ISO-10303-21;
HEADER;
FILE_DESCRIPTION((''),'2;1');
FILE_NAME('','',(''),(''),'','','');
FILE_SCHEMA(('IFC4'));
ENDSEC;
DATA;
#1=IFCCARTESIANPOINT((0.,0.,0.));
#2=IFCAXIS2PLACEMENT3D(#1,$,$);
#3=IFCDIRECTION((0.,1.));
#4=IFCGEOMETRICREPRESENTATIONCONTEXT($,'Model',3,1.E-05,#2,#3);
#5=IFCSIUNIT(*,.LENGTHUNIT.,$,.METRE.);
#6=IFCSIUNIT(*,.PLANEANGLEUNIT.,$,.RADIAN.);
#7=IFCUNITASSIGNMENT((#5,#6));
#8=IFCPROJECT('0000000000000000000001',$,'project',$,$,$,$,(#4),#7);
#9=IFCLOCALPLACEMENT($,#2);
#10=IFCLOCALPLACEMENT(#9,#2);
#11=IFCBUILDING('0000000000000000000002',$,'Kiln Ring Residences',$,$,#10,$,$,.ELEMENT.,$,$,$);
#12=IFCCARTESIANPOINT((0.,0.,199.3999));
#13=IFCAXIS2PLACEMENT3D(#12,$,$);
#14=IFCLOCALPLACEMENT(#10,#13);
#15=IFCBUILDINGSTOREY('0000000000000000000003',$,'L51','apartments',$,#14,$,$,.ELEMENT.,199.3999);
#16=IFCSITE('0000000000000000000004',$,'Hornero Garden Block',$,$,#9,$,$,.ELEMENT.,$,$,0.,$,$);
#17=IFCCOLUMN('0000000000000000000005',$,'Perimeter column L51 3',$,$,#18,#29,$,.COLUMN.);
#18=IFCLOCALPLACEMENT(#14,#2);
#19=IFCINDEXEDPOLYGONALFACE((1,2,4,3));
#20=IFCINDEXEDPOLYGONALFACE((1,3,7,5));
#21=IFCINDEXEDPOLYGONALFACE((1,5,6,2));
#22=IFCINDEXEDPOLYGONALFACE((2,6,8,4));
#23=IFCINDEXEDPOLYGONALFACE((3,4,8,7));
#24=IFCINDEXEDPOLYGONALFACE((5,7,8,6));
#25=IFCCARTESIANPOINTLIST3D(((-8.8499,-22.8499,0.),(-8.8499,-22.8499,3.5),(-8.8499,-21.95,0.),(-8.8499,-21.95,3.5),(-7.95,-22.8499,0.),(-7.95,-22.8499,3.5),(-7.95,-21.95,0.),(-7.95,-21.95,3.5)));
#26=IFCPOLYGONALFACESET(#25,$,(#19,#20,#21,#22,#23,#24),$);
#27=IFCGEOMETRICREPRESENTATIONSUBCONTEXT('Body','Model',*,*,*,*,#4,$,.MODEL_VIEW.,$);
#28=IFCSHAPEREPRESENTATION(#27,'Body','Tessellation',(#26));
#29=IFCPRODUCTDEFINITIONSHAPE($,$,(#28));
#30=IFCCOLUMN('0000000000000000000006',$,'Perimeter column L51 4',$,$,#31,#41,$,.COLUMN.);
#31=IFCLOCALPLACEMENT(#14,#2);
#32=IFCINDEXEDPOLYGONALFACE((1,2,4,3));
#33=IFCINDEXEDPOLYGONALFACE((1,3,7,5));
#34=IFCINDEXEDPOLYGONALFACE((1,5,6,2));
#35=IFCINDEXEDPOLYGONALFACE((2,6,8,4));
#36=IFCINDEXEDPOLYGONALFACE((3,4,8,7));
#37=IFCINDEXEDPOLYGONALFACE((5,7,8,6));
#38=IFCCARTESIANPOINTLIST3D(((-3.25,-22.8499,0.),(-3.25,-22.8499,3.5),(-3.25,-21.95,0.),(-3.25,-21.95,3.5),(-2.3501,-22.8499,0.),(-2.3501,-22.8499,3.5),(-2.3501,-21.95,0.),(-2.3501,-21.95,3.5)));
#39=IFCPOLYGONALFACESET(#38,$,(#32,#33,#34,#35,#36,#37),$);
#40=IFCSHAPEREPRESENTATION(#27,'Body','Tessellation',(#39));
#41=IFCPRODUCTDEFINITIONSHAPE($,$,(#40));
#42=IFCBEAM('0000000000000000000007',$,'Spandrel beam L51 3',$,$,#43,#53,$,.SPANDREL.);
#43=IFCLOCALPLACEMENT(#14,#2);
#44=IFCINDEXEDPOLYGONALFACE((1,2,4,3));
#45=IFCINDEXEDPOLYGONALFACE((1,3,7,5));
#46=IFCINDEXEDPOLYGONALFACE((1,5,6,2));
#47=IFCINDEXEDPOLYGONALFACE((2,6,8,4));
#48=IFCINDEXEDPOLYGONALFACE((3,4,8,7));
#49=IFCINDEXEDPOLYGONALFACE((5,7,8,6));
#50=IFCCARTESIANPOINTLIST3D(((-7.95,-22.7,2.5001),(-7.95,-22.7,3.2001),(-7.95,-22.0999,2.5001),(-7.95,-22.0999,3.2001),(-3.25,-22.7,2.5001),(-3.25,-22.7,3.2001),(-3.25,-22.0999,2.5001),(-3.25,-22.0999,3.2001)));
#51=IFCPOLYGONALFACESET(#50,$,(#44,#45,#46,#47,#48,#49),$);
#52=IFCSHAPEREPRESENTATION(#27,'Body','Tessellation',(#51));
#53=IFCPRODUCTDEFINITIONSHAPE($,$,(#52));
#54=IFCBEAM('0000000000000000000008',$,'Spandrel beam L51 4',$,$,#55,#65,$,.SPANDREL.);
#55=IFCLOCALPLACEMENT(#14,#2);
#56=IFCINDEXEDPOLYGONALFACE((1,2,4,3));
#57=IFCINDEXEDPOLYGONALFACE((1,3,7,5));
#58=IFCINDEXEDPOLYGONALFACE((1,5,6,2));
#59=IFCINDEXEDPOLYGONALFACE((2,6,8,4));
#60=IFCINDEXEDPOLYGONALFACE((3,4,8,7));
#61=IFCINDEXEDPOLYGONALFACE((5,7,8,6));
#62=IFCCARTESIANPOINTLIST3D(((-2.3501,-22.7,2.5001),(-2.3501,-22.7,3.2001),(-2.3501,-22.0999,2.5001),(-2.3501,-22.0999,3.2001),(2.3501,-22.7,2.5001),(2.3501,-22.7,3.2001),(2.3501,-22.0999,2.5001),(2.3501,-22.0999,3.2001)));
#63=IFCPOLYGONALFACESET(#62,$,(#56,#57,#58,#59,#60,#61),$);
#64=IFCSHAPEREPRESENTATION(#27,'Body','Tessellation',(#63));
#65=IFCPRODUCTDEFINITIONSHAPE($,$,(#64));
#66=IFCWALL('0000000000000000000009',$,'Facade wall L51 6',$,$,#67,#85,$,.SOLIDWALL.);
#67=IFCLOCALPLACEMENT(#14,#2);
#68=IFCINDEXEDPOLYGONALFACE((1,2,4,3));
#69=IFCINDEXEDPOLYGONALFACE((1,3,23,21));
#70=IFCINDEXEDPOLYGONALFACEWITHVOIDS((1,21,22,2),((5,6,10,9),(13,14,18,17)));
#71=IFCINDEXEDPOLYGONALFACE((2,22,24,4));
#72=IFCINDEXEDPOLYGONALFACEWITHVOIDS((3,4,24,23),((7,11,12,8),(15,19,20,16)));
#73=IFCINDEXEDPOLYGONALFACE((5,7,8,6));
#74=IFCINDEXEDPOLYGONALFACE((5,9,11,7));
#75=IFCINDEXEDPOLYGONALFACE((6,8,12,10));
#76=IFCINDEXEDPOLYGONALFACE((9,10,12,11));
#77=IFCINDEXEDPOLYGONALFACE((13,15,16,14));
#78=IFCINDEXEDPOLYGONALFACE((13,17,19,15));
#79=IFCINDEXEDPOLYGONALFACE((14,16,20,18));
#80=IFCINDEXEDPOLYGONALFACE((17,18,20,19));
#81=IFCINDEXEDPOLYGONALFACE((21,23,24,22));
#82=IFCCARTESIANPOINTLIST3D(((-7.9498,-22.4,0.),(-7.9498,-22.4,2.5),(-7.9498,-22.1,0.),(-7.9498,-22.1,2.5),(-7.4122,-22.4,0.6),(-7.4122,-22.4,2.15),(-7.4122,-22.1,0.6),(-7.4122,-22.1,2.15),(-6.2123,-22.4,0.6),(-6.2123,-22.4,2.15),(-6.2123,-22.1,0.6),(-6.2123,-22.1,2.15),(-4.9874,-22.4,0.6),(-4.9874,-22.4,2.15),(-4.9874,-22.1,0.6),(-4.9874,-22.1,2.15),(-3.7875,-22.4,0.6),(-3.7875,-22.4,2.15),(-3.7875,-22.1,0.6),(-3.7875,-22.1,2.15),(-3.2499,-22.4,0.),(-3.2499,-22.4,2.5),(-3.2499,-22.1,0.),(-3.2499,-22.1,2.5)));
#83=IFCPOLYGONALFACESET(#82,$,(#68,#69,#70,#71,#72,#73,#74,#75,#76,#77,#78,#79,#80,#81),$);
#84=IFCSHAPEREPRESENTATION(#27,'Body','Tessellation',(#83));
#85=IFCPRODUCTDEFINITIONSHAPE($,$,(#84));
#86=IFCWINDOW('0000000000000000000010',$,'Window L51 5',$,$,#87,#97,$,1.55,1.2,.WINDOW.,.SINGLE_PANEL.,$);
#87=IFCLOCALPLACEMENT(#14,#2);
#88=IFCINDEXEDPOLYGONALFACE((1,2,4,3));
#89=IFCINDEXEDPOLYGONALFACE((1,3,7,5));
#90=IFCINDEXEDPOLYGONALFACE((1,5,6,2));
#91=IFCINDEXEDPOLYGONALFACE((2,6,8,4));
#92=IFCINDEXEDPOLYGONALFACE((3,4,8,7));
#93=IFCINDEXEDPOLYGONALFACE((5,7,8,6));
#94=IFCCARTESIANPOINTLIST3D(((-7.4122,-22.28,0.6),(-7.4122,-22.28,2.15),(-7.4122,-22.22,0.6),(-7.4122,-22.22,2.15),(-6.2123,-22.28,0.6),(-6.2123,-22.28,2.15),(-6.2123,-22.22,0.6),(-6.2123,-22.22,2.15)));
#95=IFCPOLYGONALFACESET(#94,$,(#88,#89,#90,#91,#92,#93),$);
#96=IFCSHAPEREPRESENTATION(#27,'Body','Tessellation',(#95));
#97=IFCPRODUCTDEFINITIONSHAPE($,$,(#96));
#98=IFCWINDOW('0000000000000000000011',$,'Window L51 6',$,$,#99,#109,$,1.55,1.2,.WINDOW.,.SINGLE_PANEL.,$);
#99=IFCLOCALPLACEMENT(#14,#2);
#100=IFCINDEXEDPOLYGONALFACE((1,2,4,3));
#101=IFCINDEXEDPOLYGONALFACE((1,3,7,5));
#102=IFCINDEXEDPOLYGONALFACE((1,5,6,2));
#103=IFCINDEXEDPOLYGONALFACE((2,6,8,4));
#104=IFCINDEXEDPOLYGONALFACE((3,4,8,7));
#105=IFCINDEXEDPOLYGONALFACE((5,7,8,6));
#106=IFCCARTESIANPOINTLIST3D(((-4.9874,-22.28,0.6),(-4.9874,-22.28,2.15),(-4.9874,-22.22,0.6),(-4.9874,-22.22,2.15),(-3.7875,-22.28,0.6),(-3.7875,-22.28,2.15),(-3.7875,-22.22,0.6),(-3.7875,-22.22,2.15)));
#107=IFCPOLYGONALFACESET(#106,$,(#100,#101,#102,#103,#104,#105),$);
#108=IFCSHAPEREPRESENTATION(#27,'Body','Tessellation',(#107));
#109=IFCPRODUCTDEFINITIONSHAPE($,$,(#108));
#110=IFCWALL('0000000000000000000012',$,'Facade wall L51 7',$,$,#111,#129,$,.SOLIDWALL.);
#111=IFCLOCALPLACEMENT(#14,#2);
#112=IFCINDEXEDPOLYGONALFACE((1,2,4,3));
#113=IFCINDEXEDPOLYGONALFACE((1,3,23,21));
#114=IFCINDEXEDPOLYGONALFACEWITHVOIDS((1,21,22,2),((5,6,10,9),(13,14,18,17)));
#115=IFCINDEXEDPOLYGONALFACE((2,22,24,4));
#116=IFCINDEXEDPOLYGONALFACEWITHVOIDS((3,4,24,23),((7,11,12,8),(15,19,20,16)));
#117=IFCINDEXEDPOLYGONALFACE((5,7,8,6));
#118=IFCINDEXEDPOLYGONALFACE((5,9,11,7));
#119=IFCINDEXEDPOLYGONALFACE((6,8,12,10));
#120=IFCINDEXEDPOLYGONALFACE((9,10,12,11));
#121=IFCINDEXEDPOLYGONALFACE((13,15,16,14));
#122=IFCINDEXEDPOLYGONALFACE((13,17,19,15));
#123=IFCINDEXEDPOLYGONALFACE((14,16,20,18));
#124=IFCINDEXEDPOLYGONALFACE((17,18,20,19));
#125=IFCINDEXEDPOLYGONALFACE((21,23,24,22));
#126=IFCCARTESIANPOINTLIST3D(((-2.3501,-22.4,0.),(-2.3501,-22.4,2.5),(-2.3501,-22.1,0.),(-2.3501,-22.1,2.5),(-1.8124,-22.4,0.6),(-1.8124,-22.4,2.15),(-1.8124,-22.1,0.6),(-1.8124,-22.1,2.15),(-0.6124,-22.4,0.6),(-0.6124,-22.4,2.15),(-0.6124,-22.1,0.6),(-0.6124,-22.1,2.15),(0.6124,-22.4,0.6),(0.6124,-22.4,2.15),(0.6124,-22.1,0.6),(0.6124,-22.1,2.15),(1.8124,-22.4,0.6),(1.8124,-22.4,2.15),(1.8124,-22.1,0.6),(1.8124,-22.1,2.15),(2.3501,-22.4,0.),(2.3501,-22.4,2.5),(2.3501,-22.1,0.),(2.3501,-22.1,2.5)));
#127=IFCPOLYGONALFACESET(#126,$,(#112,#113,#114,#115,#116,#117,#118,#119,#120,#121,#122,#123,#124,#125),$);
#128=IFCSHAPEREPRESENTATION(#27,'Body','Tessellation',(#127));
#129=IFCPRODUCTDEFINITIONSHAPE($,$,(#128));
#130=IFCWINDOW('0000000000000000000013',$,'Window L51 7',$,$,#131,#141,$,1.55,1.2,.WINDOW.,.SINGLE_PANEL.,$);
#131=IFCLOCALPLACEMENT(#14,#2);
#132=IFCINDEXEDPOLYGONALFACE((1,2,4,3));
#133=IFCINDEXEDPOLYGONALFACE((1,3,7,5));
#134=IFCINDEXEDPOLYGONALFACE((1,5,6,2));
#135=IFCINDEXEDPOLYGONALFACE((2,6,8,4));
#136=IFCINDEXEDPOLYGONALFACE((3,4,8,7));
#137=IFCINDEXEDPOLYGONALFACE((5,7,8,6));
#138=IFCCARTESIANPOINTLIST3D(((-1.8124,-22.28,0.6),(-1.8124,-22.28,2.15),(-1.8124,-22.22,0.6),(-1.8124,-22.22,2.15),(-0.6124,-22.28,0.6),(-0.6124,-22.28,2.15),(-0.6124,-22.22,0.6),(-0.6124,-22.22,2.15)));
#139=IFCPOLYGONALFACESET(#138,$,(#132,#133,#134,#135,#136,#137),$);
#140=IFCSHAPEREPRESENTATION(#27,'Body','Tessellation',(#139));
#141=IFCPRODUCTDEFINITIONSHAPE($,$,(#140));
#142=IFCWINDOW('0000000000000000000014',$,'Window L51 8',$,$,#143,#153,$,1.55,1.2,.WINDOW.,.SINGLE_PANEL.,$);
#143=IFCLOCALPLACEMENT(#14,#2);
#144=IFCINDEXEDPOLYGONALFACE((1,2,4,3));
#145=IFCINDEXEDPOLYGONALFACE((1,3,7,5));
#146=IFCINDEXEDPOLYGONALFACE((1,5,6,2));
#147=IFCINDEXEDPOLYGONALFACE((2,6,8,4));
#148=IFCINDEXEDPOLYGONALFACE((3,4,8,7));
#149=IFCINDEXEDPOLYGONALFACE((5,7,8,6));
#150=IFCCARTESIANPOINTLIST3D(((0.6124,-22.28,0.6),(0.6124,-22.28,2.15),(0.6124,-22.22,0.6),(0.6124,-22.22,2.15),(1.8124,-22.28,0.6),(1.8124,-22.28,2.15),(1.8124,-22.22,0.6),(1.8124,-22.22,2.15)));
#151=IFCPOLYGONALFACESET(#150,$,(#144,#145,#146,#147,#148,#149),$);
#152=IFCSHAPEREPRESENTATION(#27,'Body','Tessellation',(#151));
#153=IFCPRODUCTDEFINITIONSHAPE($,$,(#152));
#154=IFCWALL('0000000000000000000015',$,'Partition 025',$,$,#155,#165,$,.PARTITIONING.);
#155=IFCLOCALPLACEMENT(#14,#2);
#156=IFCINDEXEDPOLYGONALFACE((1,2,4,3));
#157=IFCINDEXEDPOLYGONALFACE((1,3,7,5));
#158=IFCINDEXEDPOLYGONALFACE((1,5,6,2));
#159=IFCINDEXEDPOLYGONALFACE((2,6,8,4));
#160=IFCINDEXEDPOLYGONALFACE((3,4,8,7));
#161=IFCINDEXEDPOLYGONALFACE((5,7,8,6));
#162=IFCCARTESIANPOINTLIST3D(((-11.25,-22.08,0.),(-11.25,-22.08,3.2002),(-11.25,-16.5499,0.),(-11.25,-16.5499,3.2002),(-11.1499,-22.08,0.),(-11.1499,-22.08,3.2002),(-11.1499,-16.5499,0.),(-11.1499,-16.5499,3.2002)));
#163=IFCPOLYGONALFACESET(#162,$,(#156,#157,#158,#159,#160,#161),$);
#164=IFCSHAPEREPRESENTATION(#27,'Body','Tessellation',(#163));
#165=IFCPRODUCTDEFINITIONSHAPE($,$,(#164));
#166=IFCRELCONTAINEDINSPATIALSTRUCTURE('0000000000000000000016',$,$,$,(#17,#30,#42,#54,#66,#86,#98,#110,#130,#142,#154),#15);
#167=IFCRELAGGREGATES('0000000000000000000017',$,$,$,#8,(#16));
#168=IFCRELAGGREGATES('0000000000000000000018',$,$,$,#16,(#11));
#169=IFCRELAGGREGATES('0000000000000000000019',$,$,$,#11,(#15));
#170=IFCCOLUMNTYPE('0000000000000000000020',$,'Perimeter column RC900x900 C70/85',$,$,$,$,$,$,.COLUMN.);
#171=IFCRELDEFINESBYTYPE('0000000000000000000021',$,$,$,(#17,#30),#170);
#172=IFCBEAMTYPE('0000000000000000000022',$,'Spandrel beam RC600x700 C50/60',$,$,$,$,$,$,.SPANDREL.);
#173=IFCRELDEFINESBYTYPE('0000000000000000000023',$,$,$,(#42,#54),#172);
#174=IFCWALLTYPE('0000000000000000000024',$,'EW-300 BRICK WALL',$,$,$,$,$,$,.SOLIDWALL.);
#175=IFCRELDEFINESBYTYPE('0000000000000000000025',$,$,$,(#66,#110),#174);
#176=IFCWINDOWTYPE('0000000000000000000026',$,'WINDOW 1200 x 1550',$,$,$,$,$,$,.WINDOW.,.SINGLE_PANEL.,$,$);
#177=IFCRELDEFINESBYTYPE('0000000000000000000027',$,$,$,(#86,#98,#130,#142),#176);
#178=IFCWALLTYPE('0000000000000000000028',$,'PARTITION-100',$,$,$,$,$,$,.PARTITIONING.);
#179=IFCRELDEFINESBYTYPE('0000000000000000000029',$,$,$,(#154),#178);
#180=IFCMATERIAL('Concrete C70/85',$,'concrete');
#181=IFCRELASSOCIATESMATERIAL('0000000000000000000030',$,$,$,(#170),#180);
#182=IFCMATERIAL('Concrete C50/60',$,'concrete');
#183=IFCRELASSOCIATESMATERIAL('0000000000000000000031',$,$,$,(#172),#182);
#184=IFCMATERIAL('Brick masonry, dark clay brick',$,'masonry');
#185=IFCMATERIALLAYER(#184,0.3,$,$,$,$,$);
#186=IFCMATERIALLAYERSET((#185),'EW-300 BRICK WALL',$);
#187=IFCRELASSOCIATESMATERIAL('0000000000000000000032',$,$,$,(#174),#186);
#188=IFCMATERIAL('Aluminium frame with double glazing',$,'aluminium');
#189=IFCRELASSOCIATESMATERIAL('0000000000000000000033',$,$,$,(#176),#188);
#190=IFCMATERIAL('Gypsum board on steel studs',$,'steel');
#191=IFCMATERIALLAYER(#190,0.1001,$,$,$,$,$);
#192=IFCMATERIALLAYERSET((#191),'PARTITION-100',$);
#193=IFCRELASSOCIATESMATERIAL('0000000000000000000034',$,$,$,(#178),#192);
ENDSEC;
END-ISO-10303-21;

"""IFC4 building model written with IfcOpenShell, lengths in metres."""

from ifc_helpers import new_model, si_unit, direction, frame, frame_2d, origin, origin_2d, place, context, subcontext, project, spatial, rectangle, extrude, material, layer, layer_set, material_profile, profile_set, type_object, element, fill, save


model = new_model("IFC4")

# Units and contexts
model_context = context("Model", 3, precision=1e-05, world=origin(), true_north=direction((0.0, 1.0)))
body_context = subcontext(model_context, "Body", "Model", "MODEL_VIEW")
ifc_project = project(units=[si_unit("LENGTHUNIT", "METRE"), si_unit("PLANEANGLEUNIT", "RADIAN")], contexts=[model_context])

# Site, building, storey
site_placement = place(None, origin())
site = spatial("IfcSite", under=ifc_project, at=site_placement, Name="Hornero Garden Block", CompositionType="ELEMENT", RefElevation=0.0)
building_placement = place(site_placement, origin())
building = spatial("IfcBuilding", under=site, at=building_placement, Name="Kiln Ring Residences", CompositionType="ELEMENT")
storey_placement = place(building_placement, frame((0.0, 0.0, 199.3999)))
storey = spatial("IfcBuildingStorey", under=building, at=storey_placement, Name="L51", Description="apartments", CompositionType="ELEMENT", Elevation=199.3999)

# Columns
ifc_material_1 = material(Name="Concrete C70/85", Category="concrete")
ifc_material_profile_1 = material_profile(ifc_material_1, rectangle(XDim=0.8999, YDim=0.8999, at=origin_2d()), Name="RC900x900")
ifc_profile_set_1 = profile_set([ifc_material_profile_1], Name="Concrete C70/85")
column_type = type_object("IfcColumnType", Name="Perimeter column RC900x900 C70/85", PredefinedType="COLUMN", material=ifc_profile_set_1)
for number, where, z_axis, x_axis, name in (
    (1, (-8.3999, -22.3999, 0.0), (0.0, 0.0, 1.0), (1.0, 0.0, 0.0), "Perimeter column L51 3"),
    (2, (-2.8, -22.3999, 0.0), (0.0, 0.0, 1.0), (1.0, 0.0, 0.0), "Perimeter column L51 4"),
):
    element("IfcColumn", number, at=place(storey_placement, frame(where, z_axis=z_axis, x_axis=x_axis)), inside=storey, type_object=column_type, Name=name, PredefinedType="COLUMN", context=body_context, shape_type="SweptSolid", body=[
        extrude(rectangle(XDim=0.8999, YDim=0.8999, at=origin_2d()), origin(), (0.0, 0.0, 1.0), 3.5),
    ])

# Beams
ifc_material_2 = material(Name="Concrete C50/60", Category="concrete")
ifc_material_profile_2 = material_profile(ifc_material_2, rectangle(XDim=0.6001, YDim=0.7, at=origin_2d()), Name="RC600x700")
ifc_profile_set_2 = profile_set([ifc_material_profile_2], Name="Concrete C50/60")
beam_type = type_object("IfcBeamType", Name="Spandrel beam RC600x700 C50/60", PredefinedType="SPANDREL", material=ifc_profile_set_2)
beam_1_placement = place(storey_placement, frame((-7.95, -22.3999, 2.8501), z_axis=(1.0, 0.0, 0.0), x_axis=(0.0, 1.0, 0.0)))
element("IfcBeam", 3, at=beam_1_placement, inside=storey, type_object=beam_type, Name="Spandrel beam L51 3", PredefinedType="SPANDREL", context=body_context, shape_type="SweptSolid", body=[
    extrude(rectangle(XDim=0.6001, YDim=0.7, at=origin_2d()), origin(), (0.0, 0.0, 1.0), 4.7),
])
beam_2_placement = place(storey_placement, frame((-2.3501, -22.3999, 2.8501), z_axis=(1.0, 0.0, 0.0), x_axis=(0.0, 1.0, 0.0)))
element("IfcBeam", 4, at=beam_2_placement, inside=storey, type_object=beam_type, Name="Spandrel beam L51 4", PredefinedType="SPANDREL", context=body_context, shape_type="SweptSolid", body=[
    extrude(rectangle(XDim=0.6001, YDim=0.7, at=origin_2d()), origin(), (0.0, 0.0, 1.0), 4.7002),
])

# Walls, openings, windows
ifc_material_3 = material(Name="Brick masonry, dark clay brick", Category="masonry")
ifc_layer_1 = layer(ifc_material_3, 0.3)
ifc_layer_set_1 = layer_set([ifc_layer_1], Name="EW-300 BRICK WALL")
wall_type_1 = type_object("IfcWallType", Name="EW-300 BRICK WALL", PredefinedType="SOLIDWALL", material=ifc_layer_set_1)
wall_1_placement = place(storey_placement, frame((-7.95, -22.25, 0.0), z_axis=(0.0, 0.0, 1.0), x_axis=(1.0, 0.0, 0.0)))
wall_1 = element("IfcWall", 5, at=wall_1_placement, inside=storey, type_object=wall_type_1, Name="Facade wall L51 6", PredefinedType="SOLIDWALL", context=body_context, shape_type="SweptSolid", body=[
    extrude(rectangle(XDim=4.7, YDim=0.3, at=frame_2d((2.3501, 0.0))), origin(), (0.0, 0.0, 1.0), 2.5),
])
opening_1_placement = place(wall_1_placement, frame((0.5376, 0.0, 0.6001)))
opening_1 = element("IfcOpeningElement", 6, at=opening_1_placement, cuts=wall_1, PredefinedType="OPENING", context=body_context, shape_type="SweptSolid", body=[
    extrude(rectangle(XDim=1.2, YDim=1.55, at=frame_2d((0.6001, 0.7749))), frame((0.0, 0.1599, 0.0), z_axis=(0.0, -1.0, 0.0), x_axis=(1.0, 0.0, 0.0)), (0.0, 0.0, 1.0), 0.3201),
])
opening_2_placement = place(wall_1_placement, frame((2.9624, 0.0, 0.6001)))
opening_2 = element("IfcOpeningElement", 7, at=opening_2_placement, cuts=wall_1, PredefinedType="OPENING", context=body_context, shape_type="SweptSolid", body=[
    extrude(rectangle(XDim=1.2, YDim=1.55, at=frame_2d((0.6001, 0.7749))), frame((0.0, 0.1599, 0.0), z_axis=(0.0, -1.0, 0.0), x_axis=(1.0, 0.0, 0.0)), (0.0, 0.0, 1.0), 0.3201),
])
ifc_material_4 = material(Name="Aluminium frame with double glazing", Category="aluminium")
window_type = type_object("IfcWindowType", Name="WINDOW 1200 x 1550", PartitioningType="SINGLE_PANEL", PredefinedType="WINDOW", material=ifc_material_4)
window_1_placement = place(opening_1_placement, origin())
window_1 = element("IfcWindow", 8, at=window_1_placement, inside=storey, type_object=window_type, Name="Window L51 5", OverallHeight=1.55, OverallWidth=1.2, PartitioningType="SINGLE_PANEL", PredefinedType="WINDOW", context=body_context, shape_type="SweptSolid", body=[
    extrude(rectangle(XDim=1.2, YDim=1.55, at=frame_2d((0.6001, 0.7749))), frame((0.0, 0.03, 0.0), z_axis=(0.0, -1.0, 0.0), x_axis=(1.0, 0.0, 0.0)), (0.0, 0.0, 1.0), 0.0601),
])
fill(opening_1, window_1)
window_2_placement = place(opening_2_placement, origin())
window_2 = element("IfcWindow", 9, at=window_2_placement, inside=storey, type_object=window_type, Name="Window L51 6", OverallHeight=1.55, OverallWidth=1.2, PartitioningType="SINGLE_PANEL", PredefinedType="WINDOW", context=body_context, shape_type="SweptSolid", body=[
    extrude(rectangle(XDim=1.2, YDim=1.55, at=frame_2d((0.6001, 0.7749))), frame((0.0, 0.03, 0.0), z_axis=(0.0, -1.0, 0.0), x_axis=(1.0, 0.0, 0.0)), (0.0, 0.0, 1.0), 0.0601),
])
fill(opening_2, window_2)
wall_2_placement = place(storey_placement, frame((-2.3501, -22.25, 0.0), z_axis=(0.0, 0.0, 1.0), x_axis=(1.0, 0.0, 0.0)))
wall_2 = element("IfcWall", 10, at=wall_2_placement, inside=storey, type_object=wall_type_1, Name="Facade wall L51 7", PredefinedType="SOLIDWALL", context=body_context, shape_type="SweptSolid", body=[
    extrude(rectangle(XDim=4.7002, YDim=0.3, at=frame_2d((2.3501, 0.0))), origin(), (0.0, 0.0, 1.0), 2.5),
])
opening_3_placement = place(wall_2_placement, frame((0.5376, 0.0, 0.6001)))
opening_3 = element("IfcOpeningElement", 11, at=opening_3_placement, cuts=wall_2, PredefinedType="OPENING", context=body_context, shape_type="SweptSolid", body=[
    extrude(rectangle(XDim=1.2, YDim=1.55, at=frame_2d((0.6001, 0.7749))), frame((0.0, 0.1599, 0.0), z_axis=(0.0, -1.0, 0.0), x_axis=(1.0, 0.0, 0.0)), (0.0, 0.0, 1.0), 0.3201),
])
opening_4_placement = place(wall_2_placement, frame((2.9624, 0.0, 0.6001)))
opening_4 = element("IfcOpeningElement", 12, at=opening_4_placement, cuts=wall_2, PredefinedType="OPENING", context=body_context, shape_type="SweptSolid", body=[
    extrude(rectangle(XDim=1.2, YDim=1.55, at=frame_2d((0.6001, 0.7749))), frame((0.0, 0.1599, 0.0), z_axis=(0.0, -1.0, 0.0), x_axis=(1.0, 0.0, 0.0)), (0.0, 0.0, 1.0), 0.3201),
])
window_3_placement = place(opening_3_placement, origin())
window_3 = element("IfcWindow", 13, at=window_3_placement, inside=storey, type_object=window_type, Name="Window L51 7", OverallHeight=1.55, OverallWidth=1.2, PartitioningType="SINGLE_PANEL", PredefinedType="WINDOW", context=body_context, shape_type="SweptSolid", body=[
    extrude(rectangle(XDim=1.2, YDim=1.55, at=frame_2d((0.6001, 0.7749))), frame((0.0, 0.03, 0.0), z_axis=(0.0, -1.0, 0.0), x_axis=(1.0, 0.0, 0.0)), (0.0, 0.0, 1.0), 0.0601),
])
fill(opening_3, window_3)
window_4_placement = place(opening_4_placement, origin())
window_4 = element("IfcWindow", 14, at=window_4_placement, inside=storey, type_object=window_type, Name="Window L51 8", OverallHeight=1.55, OverallWidth=1.2, PartitioningType="SINGLE_PANEL", PredefinedType="WINDOW", context=body_context, shape_type="SweptSolid", body=[
    extrude(rectangle(XDim=1.2, YDim=1.55, at=frame_2d((0.6001, 0.7749))), frame((0.0, 0.03, 0.0), z_axis=(0.0, -1.0, 0.0), x_axis=(1.0, 0.0, 0.0)), (0.0, 0.0, 1.0), 0.0601),
])
fill(opening_4, window_4)

# Wall
ifc_material_5 = material(Name="Gypsum board on steel studs", Category="steel")
ifc_layer_2 = layer(ifc_material_5, 0.1001)
ifc_layer_set_2 = layer_set([ifc_layer_2], Name="PARTITION-100")
wall_type_2 = type_object("IfcWallType", Name="PARTITION-100", PredefinedType="PARTITIONING", material=ifc_layer_set_2)
wall_3_placement = place(storey_placement, frame((-11.2, -22.0801, 0.0), z_axis=(0.0, 0.0, 1.0), x_axis=(0.0, 1.0, 0.0)))
element("IfcWall", 15, at=wall_3_placement, inside=storey, type_object=wall_type_2, Name="Partition 025", PredefinedType="PARTITIONING", context=body_context, shape_type="SweptSolid", body=[
    extrude(rectangle(XDim=5.53, YDim=0.1001, at=frame_2d((2.7651, 0.0))), origin(), (0.0, 0.0, 1.0), 3.2002),
])

save(model, "model.ifc")
